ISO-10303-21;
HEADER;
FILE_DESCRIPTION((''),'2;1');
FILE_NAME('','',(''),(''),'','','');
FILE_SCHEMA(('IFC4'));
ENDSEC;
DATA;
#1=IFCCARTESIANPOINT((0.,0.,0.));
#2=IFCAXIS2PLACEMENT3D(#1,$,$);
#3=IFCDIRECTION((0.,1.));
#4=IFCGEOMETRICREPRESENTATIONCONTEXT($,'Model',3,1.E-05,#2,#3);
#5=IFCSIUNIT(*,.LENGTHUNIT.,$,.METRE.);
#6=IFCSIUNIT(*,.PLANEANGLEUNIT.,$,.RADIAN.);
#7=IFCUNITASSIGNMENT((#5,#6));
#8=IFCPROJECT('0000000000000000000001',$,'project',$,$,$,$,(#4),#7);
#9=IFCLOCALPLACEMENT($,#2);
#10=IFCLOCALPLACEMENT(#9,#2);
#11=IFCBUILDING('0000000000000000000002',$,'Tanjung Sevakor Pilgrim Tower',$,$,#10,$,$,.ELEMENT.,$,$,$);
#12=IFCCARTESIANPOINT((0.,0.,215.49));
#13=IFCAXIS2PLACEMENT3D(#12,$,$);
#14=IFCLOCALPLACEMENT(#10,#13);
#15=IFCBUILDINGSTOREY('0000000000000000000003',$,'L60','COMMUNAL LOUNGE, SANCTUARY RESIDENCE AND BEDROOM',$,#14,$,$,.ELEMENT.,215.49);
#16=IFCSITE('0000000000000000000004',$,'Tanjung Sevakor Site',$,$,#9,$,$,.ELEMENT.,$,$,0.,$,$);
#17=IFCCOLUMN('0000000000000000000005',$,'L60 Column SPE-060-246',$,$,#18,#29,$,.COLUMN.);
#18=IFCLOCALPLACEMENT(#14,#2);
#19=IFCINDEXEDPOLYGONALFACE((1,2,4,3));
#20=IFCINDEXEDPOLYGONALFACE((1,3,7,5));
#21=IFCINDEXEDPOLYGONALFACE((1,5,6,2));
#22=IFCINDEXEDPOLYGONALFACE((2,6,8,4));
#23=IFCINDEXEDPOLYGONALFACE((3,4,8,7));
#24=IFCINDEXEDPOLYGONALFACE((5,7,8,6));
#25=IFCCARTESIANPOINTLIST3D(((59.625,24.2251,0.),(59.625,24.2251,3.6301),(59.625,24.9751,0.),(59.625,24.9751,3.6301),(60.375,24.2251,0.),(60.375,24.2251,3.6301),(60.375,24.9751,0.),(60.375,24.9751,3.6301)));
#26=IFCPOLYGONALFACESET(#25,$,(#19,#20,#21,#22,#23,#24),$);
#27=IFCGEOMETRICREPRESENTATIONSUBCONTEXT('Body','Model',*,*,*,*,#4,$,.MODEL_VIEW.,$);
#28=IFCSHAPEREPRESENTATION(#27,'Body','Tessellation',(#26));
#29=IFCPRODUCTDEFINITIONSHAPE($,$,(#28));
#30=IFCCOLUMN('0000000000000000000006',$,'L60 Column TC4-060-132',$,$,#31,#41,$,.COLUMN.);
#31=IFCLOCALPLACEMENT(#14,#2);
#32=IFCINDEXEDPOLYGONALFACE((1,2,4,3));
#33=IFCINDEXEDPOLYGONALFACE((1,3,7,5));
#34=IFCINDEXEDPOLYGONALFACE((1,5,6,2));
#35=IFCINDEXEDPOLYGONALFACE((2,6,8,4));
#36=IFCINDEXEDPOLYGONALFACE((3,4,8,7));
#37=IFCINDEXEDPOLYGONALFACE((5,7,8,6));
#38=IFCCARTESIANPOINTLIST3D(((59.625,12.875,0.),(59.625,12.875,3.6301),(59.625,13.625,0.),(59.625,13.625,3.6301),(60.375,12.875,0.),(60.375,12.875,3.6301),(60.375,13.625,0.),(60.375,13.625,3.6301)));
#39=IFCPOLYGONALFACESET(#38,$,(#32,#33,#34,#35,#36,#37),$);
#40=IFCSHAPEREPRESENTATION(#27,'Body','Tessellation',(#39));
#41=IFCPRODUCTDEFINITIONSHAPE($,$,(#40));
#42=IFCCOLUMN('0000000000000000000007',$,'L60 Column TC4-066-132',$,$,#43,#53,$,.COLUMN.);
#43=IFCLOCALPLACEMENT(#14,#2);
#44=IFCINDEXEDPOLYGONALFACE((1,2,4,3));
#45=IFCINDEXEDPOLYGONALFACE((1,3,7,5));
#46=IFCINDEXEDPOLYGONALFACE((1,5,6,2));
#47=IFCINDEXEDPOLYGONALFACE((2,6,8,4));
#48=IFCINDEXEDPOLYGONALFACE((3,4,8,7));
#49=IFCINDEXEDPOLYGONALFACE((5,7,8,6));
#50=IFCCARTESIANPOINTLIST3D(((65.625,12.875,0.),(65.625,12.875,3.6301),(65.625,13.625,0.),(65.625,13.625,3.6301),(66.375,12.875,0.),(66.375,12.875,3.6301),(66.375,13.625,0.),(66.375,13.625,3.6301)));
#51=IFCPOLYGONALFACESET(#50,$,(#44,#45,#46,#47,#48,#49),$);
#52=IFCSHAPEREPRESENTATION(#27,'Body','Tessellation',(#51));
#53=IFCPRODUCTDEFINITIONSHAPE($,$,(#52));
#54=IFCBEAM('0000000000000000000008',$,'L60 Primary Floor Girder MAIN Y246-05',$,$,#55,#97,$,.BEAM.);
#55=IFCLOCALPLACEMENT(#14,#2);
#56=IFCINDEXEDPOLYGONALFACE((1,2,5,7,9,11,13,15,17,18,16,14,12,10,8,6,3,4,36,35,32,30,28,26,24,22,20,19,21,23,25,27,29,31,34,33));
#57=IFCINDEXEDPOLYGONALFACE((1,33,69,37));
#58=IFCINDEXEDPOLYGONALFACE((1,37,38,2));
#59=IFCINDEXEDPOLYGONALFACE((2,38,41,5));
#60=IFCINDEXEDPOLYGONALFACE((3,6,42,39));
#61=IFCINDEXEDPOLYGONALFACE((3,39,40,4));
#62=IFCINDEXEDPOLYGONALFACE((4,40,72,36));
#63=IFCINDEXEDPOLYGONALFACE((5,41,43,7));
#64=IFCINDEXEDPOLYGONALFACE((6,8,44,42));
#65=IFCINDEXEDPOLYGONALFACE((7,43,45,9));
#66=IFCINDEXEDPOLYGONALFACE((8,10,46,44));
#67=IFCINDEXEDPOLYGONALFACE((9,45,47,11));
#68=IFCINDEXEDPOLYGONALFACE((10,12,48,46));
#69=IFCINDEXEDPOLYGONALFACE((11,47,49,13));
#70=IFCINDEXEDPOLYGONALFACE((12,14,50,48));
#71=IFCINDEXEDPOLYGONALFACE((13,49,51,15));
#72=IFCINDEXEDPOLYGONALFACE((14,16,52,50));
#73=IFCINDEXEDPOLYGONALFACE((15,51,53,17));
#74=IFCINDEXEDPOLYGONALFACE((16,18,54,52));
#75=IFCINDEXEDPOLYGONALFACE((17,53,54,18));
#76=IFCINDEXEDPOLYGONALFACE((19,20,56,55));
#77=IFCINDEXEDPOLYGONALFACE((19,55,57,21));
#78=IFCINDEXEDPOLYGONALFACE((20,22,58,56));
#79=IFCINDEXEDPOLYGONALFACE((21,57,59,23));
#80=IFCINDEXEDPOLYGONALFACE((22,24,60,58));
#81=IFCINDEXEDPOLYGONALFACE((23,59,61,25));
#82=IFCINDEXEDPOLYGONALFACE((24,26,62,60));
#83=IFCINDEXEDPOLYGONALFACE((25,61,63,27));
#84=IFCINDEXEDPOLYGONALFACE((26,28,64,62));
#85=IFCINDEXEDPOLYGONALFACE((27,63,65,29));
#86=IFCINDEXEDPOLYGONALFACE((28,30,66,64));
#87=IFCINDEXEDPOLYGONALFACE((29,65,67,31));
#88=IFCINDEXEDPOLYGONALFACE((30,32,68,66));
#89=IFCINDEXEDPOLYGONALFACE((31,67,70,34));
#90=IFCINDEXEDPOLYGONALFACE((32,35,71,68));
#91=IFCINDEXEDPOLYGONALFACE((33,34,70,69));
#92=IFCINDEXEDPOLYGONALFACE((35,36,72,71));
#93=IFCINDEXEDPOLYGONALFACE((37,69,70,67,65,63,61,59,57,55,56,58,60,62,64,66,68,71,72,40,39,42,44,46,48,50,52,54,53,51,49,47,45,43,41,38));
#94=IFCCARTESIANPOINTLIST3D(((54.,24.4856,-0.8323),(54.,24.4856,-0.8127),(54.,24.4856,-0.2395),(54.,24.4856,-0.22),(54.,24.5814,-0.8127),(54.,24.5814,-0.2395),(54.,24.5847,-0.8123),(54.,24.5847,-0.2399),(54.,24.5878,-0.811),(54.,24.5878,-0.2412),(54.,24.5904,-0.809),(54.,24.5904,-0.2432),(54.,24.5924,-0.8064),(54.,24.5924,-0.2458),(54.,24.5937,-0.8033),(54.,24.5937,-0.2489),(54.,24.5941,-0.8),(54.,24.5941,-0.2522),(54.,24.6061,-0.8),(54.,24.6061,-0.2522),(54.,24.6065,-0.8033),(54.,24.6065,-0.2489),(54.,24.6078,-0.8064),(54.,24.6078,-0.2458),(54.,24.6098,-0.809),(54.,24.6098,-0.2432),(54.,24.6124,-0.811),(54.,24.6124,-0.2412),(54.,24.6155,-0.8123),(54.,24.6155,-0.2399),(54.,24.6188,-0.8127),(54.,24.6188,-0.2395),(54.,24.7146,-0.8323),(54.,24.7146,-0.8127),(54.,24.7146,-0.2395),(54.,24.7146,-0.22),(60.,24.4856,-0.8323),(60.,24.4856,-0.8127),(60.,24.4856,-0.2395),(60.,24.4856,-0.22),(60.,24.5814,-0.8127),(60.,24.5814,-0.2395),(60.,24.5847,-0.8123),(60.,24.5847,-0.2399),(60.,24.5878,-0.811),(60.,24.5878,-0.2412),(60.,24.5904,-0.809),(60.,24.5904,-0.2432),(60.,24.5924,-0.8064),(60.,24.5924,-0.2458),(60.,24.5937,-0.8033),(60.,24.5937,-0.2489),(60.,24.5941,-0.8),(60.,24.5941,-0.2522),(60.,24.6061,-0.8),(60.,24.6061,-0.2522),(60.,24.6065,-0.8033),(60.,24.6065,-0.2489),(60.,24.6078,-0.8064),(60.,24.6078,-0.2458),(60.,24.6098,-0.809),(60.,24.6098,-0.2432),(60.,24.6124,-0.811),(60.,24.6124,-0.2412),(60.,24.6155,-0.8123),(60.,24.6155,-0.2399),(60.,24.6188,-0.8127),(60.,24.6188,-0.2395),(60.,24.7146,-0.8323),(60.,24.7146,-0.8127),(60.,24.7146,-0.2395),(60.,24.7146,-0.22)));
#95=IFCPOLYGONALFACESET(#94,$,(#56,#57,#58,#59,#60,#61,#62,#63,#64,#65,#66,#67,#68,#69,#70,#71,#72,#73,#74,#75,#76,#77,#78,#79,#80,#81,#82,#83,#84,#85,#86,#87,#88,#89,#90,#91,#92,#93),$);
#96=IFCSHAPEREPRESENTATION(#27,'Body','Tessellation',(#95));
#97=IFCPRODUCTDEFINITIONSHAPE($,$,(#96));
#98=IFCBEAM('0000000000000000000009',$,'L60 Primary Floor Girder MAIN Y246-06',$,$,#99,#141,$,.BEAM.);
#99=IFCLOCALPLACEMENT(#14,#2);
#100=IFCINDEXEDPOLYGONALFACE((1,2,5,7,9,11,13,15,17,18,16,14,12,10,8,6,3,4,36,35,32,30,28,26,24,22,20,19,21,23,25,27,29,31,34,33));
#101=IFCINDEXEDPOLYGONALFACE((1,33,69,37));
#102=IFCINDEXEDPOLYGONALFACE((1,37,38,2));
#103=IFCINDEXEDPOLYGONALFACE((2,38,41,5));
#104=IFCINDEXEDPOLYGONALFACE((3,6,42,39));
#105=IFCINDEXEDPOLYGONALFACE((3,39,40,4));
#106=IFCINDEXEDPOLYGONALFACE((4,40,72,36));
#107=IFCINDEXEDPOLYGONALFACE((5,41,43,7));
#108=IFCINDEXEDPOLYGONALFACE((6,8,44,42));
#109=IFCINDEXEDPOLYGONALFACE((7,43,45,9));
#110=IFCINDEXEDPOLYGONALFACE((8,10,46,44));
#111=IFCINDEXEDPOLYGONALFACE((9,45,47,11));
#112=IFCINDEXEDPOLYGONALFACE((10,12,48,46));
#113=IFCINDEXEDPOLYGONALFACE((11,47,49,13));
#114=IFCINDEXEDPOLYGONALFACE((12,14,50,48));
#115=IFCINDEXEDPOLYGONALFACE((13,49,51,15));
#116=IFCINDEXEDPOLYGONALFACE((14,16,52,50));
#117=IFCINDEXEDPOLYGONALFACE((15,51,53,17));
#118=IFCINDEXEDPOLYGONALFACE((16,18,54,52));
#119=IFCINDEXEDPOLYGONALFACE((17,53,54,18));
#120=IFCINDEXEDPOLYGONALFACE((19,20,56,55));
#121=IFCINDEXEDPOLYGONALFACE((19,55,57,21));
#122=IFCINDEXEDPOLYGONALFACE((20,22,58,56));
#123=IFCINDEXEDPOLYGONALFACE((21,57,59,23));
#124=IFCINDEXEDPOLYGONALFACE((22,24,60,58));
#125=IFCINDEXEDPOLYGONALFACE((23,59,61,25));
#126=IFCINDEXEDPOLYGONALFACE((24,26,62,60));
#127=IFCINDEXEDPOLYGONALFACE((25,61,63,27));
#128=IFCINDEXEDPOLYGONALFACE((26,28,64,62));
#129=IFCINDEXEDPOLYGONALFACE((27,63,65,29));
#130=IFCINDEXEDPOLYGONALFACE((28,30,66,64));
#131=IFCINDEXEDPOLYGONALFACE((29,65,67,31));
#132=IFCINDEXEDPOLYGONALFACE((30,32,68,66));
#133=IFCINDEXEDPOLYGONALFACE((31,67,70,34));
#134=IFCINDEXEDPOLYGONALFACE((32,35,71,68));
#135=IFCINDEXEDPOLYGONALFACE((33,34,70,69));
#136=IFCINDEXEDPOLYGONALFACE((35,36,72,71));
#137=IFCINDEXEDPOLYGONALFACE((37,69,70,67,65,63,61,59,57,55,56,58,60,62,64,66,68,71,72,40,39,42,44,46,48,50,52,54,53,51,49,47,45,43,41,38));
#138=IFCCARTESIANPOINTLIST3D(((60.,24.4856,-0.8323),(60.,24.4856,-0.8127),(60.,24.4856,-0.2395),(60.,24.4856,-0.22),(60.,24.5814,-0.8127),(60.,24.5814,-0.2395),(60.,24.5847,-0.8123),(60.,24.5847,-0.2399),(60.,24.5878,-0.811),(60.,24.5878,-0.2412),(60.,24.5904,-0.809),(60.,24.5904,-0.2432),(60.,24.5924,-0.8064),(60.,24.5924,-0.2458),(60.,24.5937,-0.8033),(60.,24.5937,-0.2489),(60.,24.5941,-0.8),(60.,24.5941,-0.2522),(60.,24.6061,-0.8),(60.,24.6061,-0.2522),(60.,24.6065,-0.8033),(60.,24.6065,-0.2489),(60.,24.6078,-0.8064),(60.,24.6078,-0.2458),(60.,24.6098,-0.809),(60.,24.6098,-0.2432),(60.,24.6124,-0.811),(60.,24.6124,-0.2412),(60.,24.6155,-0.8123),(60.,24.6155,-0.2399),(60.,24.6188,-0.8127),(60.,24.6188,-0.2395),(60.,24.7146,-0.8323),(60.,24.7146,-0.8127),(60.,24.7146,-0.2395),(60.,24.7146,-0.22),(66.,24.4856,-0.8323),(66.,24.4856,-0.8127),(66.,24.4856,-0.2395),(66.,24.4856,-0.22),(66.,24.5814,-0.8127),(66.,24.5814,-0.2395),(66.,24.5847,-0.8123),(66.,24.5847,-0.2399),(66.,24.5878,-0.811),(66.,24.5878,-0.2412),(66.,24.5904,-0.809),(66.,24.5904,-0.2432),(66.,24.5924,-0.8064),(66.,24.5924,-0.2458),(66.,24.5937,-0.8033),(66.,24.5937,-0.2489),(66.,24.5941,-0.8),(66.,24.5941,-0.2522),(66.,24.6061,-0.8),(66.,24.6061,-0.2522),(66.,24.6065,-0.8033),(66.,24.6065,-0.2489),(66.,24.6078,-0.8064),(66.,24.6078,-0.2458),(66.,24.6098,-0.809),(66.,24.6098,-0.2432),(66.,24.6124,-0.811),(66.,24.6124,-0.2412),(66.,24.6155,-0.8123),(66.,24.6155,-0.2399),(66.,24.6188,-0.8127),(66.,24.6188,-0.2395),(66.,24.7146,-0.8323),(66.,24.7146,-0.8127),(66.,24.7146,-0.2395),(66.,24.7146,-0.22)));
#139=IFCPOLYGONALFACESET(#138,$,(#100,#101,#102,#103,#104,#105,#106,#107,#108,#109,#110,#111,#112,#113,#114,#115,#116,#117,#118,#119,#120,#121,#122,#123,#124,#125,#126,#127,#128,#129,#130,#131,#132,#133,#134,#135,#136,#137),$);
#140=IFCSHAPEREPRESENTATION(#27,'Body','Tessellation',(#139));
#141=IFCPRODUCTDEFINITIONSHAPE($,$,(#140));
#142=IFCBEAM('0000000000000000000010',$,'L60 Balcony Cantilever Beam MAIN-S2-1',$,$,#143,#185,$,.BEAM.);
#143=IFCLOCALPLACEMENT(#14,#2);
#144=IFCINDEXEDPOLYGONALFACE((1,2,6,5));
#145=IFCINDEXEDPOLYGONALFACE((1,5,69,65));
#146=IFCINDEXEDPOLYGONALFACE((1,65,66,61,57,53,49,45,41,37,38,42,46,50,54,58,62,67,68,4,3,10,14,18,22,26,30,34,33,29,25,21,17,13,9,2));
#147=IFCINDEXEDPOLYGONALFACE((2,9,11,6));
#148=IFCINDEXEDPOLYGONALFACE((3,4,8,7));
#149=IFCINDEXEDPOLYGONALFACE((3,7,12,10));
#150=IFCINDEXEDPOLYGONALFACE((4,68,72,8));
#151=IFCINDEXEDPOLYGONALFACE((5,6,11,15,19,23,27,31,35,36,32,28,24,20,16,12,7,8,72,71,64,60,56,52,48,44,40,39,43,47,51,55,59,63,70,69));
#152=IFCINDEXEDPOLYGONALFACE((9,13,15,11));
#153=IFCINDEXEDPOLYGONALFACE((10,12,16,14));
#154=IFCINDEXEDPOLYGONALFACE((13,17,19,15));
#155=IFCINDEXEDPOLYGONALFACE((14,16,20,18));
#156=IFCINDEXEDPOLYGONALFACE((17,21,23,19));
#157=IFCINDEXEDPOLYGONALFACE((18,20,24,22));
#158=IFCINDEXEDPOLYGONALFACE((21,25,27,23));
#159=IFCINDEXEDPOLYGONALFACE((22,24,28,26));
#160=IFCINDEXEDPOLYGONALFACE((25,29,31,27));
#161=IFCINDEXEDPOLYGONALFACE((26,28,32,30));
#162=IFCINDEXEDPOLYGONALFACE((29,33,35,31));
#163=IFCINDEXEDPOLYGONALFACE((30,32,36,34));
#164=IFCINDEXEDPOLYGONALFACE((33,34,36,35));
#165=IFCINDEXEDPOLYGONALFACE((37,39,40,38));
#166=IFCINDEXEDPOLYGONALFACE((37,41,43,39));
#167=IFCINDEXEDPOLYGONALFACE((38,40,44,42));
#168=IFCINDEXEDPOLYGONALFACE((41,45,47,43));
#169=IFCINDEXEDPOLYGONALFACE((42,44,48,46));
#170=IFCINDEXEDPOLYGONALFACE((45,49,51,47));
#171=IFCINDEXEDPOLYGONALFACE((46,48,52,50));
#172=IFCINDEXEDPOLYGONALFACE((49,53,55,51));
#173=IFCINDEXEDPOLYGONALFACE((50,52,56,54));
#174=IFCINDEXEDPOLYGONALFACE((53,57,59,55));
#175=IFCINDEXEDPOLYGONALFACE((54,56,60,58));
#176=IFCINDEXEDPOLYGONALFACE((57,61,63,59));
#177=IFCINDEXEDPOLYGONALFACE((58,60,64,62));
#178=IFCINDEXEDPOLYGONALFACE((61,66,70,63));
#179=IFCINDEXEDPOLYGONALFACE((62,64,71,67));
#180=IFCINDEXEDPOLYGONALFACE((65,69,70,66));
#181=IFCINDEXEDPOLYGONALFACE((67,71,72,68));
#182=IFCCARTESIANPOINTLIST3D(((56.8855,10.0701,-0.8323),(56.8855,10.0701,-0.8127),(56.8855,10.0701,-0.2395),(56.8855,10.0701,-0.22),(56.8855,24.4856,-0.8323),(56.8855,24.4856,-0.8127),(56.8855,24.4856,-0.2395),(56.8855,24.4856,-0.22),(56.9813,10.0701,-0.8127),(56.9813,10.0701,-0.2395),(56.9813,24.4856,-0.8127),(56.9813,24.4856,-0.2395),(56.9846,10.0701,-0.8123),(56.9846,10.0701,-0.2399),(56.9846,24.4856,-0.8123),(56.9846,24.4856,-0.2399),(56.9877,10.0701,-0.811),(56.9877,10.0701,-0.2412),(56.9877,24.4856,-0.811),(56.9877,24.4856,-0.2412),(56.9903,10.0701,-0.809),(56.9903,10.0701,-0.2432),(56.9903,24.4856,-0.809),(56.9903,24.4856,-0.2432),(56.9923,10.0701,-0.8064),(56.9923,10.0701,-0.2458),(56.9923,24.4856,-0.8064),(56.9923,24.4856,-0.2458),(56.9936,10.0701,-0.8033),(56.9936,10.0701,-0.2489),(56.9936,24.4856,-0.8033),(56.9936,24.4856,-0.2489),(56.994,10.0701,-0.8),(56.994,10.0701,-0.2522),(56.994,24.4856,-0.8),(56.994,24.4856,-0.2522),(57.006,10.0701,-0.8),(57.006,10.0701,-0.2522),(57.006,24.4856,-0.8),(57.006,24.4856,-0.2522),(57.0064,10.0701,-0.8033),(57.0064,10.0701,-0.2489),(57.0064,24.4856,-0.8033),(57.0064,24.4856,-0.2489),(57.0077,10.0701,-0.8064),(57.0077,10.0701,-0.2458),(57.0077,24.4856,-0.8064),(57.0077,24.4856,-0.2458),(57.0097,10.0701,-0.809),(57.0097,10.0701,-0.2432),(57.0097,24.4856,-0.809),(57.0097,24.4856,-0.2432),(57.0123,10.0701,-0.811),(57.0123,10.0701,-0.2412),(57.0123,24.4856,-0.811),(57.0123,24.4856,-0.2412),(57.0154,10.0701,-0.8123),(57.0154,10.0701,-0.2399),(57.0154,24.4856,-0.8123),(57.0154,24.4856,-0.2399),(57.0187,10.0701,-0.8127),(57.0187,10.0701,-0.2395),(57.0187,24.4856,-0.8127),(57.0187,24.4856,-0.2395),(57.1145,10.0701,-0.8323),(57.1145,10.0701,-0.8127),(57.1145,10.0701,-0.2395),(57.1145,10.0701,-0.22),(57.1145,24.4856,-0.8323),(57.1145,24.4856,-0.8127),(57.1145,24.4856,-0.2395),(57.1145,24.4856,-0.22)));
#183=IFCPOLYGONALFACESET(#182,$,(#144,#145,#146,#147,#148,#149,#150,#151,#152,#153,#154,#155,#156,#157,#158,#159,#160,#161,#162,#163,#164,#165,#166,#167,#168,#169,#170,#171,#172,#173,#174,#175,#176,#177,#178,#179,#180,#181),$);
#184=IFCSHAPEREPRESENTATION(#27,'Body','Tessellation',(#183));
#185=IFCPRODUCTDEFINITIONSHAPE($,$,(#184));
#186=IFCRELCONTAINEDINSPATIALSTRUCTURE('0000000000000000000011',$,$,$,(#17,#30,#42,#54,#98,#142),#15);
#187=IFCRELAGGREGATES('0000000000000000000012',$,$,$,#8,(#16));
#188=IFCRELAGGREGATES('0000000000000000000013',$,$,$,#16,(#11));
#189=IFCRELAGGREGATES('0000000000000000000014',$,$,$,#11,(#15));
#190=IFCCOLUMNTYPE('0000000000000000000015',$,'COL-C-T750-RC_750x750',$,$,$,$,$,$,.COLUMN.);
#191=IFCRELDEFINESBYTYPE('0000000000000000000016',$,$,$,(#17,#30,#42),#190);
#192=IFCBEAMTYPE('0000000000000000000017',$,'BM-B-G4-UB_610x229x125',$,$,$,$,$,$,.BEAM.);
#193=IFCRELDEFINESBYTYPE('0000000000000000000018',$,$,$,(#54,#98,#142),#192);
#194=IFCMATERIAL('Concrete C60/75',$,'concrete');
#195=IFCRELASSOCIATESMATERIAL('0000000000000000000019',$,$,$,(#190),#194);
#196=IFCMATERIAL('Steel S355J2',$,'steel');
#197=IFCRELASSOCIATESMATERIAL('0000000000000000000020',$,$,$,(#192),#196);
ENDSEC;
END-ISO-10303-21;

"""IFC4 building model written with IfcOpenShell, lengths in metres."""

from ifc_helpers import new_model, si_unit, direction, frame, origin, origin_2d, place, context, subcontext, project, spatial, rectangle, i_section, extrude, material, material_profile, profile_set, type_object, element, save


model = new_model("IFC4")

# Units and contexts
model_context = context("Model", 3, precision=1e-05, world=origin(), true_north=direction((0.0, 1.0)))
body_context = subcontext(model_context, "Body", "Model", "MODEL_VIEW")
ifc_project = project(units=[si_unit("LENGTHUNIT", "METRE"), si_unit("PLANEANGLEUNIT", "RADIAN")], contexts=[model_context])

# Site, building, storey
site_placement = place(None, origin())
site = spatial("IfcSite", under=ifc_project, at=site_placement, Name="Tanjung Sevakor Site", CompositionType="ELEMENT", RefElevation=0.0)
building_placement = place(site_placement, origin())
building = spatial("IfcBuilding", under=site, at=building_placement, Name="Tanjung Sevakor Pilgrim Tower", CompositionType="ELEMENT")
storey_placement = place(building_placement, frame((0.0, 0.0, 215.49)))
storey = spatial("IfcBuildingStorey", under=building, at=storey_placement, Name="L60", Description="COMMUNAL LOUNGE, SANCTUARY RESIDENCE AND BEDROOM", CompositionType="ELEMENT", Elevation=215.49)

# Columns
ifc_material_1 = material(Name="Concrete C60/75", Category="concrete")
ifc_material_profile_1 = material_profile(ifc_material_1, rectangle(XDim=0.75, YDim=0.75, at=origin_2d()))
ifc_profile_set_1 = profile_set([ifc_material_profile_1], Name="Concrete C60/75")
column_type = type_object("IfcColumnType", Name="COL-C-T750-RC_750x750", PredefinedType="COLUMN", material=ifc_profile_set_1)
for number, where, z_axis, x_axis, name in (
    (1, (60.0, 24.6001, 0.0), (0.0, 0.0, 1.0), (1.0, 0.0, 0.0), "L60 Column SPE-060-246"),
    (2, (60.0, 13.25, 0.0), (0.0, 0.0, 1.0), (1.0, 0.0, 0.0), "L60 Column TC4-060-132"),
    (3, (66.0, 13.25, 0.0), (0.0, 0.0, 1.0), (1.0, 0.0, 0.0), "L60 Column TC4-066-132"),
):
    element("IfcColumn", number, at=place(storey_placement, frame(where, z_axis=z_axis, x_axis=x_axis)), inside=storey, type_object=column_type, Name=name, PredefinedType="COLUMN", context=body_context, shape_type="SweptSolid", body=[
        extrude(rectangle(XDim=0.75, YDim=0.75, at=origin_2d()), origin(), (0.0, 0.0, 1.0), 3.6301),
    ])

# Beams
ifc_material_2 = material(Name="Steel S355J2", Category="steel")
ifc_material_profile_2 = material_profile(ifc_material_2, i_section(OverallWidth=0.229, OverallDepth=0.6123, WebThickness=0.012, FlangeThickness=0.0195, FilletRadius=0.0127, at=origin_2d()))
ifc_profile_set_2 = profile_set([ifc_material_profile_2], Name="Steel S355J2")
beam_type_1 = type_object("IfcBeamType", Name="BM-B-G4-UB_610x229x125", PredefinedType="BEAM", material=ifc_profile_set_2)
for number, where, z_axis, x_axis, name in (
    (4, (54.0, 24.6001, -0.5261), (1.0, 0.0, 0.0), (0.0, 1.0, 0.0), "L60 Primary Floor Girder MAIN Y246-05"),
    (5, (60.0, 24.6001, -0.5261), (1.0, 0.0, 0.0), (0.0, 1.0, 0.0), "L60 Primary Floor Girder MAIN Y246-06"),
):
    element("IfcBeam", number, at=place(storey_placement, frame(where, z_axis=z_axis, x_axis=x_axis)), inside=storey, type_object=beam_type_1, Name=name, PredefinedType="BEAM", context=body_context, shape_type="SweptSolid", body=[
        extrude(i_section(OverallWidth=0.229, OverallDepth=0.6123, WebThickness=0.012, FlangeThickness=0.0195, FilletRadius=0.0127, at=origin_2d()), origin(), (0.0, 0.0, 1.0), 6.0),
    ])
beam_1_placement = place(storey_placement, frame((57.0, 24.4856, -0.5261), z_axis=(0.0, -1.0, 0.0), x_axis=(1.0, 0.0, 0.0)))
element("IfcBeam", 6, at=beam_1_placement, inside=storey, type_object=beam_type_1, Name="L60 Balcony Cantilever Beam MAIN-S2-1", PredefinedType="BEAM", context=body_context, shape_type="SweptSolid", body=[
    extrude(i_section(OverallWidth=0.229, OverallDepth=0.6123, WebThickness=0.012, FlangeThickness=0.0195, FilletRadius=0.0127, at=origin_2d()), origin(), (0.0, 0.0, 1.0), 14.4155),
])

save(model, "model.ifc")
